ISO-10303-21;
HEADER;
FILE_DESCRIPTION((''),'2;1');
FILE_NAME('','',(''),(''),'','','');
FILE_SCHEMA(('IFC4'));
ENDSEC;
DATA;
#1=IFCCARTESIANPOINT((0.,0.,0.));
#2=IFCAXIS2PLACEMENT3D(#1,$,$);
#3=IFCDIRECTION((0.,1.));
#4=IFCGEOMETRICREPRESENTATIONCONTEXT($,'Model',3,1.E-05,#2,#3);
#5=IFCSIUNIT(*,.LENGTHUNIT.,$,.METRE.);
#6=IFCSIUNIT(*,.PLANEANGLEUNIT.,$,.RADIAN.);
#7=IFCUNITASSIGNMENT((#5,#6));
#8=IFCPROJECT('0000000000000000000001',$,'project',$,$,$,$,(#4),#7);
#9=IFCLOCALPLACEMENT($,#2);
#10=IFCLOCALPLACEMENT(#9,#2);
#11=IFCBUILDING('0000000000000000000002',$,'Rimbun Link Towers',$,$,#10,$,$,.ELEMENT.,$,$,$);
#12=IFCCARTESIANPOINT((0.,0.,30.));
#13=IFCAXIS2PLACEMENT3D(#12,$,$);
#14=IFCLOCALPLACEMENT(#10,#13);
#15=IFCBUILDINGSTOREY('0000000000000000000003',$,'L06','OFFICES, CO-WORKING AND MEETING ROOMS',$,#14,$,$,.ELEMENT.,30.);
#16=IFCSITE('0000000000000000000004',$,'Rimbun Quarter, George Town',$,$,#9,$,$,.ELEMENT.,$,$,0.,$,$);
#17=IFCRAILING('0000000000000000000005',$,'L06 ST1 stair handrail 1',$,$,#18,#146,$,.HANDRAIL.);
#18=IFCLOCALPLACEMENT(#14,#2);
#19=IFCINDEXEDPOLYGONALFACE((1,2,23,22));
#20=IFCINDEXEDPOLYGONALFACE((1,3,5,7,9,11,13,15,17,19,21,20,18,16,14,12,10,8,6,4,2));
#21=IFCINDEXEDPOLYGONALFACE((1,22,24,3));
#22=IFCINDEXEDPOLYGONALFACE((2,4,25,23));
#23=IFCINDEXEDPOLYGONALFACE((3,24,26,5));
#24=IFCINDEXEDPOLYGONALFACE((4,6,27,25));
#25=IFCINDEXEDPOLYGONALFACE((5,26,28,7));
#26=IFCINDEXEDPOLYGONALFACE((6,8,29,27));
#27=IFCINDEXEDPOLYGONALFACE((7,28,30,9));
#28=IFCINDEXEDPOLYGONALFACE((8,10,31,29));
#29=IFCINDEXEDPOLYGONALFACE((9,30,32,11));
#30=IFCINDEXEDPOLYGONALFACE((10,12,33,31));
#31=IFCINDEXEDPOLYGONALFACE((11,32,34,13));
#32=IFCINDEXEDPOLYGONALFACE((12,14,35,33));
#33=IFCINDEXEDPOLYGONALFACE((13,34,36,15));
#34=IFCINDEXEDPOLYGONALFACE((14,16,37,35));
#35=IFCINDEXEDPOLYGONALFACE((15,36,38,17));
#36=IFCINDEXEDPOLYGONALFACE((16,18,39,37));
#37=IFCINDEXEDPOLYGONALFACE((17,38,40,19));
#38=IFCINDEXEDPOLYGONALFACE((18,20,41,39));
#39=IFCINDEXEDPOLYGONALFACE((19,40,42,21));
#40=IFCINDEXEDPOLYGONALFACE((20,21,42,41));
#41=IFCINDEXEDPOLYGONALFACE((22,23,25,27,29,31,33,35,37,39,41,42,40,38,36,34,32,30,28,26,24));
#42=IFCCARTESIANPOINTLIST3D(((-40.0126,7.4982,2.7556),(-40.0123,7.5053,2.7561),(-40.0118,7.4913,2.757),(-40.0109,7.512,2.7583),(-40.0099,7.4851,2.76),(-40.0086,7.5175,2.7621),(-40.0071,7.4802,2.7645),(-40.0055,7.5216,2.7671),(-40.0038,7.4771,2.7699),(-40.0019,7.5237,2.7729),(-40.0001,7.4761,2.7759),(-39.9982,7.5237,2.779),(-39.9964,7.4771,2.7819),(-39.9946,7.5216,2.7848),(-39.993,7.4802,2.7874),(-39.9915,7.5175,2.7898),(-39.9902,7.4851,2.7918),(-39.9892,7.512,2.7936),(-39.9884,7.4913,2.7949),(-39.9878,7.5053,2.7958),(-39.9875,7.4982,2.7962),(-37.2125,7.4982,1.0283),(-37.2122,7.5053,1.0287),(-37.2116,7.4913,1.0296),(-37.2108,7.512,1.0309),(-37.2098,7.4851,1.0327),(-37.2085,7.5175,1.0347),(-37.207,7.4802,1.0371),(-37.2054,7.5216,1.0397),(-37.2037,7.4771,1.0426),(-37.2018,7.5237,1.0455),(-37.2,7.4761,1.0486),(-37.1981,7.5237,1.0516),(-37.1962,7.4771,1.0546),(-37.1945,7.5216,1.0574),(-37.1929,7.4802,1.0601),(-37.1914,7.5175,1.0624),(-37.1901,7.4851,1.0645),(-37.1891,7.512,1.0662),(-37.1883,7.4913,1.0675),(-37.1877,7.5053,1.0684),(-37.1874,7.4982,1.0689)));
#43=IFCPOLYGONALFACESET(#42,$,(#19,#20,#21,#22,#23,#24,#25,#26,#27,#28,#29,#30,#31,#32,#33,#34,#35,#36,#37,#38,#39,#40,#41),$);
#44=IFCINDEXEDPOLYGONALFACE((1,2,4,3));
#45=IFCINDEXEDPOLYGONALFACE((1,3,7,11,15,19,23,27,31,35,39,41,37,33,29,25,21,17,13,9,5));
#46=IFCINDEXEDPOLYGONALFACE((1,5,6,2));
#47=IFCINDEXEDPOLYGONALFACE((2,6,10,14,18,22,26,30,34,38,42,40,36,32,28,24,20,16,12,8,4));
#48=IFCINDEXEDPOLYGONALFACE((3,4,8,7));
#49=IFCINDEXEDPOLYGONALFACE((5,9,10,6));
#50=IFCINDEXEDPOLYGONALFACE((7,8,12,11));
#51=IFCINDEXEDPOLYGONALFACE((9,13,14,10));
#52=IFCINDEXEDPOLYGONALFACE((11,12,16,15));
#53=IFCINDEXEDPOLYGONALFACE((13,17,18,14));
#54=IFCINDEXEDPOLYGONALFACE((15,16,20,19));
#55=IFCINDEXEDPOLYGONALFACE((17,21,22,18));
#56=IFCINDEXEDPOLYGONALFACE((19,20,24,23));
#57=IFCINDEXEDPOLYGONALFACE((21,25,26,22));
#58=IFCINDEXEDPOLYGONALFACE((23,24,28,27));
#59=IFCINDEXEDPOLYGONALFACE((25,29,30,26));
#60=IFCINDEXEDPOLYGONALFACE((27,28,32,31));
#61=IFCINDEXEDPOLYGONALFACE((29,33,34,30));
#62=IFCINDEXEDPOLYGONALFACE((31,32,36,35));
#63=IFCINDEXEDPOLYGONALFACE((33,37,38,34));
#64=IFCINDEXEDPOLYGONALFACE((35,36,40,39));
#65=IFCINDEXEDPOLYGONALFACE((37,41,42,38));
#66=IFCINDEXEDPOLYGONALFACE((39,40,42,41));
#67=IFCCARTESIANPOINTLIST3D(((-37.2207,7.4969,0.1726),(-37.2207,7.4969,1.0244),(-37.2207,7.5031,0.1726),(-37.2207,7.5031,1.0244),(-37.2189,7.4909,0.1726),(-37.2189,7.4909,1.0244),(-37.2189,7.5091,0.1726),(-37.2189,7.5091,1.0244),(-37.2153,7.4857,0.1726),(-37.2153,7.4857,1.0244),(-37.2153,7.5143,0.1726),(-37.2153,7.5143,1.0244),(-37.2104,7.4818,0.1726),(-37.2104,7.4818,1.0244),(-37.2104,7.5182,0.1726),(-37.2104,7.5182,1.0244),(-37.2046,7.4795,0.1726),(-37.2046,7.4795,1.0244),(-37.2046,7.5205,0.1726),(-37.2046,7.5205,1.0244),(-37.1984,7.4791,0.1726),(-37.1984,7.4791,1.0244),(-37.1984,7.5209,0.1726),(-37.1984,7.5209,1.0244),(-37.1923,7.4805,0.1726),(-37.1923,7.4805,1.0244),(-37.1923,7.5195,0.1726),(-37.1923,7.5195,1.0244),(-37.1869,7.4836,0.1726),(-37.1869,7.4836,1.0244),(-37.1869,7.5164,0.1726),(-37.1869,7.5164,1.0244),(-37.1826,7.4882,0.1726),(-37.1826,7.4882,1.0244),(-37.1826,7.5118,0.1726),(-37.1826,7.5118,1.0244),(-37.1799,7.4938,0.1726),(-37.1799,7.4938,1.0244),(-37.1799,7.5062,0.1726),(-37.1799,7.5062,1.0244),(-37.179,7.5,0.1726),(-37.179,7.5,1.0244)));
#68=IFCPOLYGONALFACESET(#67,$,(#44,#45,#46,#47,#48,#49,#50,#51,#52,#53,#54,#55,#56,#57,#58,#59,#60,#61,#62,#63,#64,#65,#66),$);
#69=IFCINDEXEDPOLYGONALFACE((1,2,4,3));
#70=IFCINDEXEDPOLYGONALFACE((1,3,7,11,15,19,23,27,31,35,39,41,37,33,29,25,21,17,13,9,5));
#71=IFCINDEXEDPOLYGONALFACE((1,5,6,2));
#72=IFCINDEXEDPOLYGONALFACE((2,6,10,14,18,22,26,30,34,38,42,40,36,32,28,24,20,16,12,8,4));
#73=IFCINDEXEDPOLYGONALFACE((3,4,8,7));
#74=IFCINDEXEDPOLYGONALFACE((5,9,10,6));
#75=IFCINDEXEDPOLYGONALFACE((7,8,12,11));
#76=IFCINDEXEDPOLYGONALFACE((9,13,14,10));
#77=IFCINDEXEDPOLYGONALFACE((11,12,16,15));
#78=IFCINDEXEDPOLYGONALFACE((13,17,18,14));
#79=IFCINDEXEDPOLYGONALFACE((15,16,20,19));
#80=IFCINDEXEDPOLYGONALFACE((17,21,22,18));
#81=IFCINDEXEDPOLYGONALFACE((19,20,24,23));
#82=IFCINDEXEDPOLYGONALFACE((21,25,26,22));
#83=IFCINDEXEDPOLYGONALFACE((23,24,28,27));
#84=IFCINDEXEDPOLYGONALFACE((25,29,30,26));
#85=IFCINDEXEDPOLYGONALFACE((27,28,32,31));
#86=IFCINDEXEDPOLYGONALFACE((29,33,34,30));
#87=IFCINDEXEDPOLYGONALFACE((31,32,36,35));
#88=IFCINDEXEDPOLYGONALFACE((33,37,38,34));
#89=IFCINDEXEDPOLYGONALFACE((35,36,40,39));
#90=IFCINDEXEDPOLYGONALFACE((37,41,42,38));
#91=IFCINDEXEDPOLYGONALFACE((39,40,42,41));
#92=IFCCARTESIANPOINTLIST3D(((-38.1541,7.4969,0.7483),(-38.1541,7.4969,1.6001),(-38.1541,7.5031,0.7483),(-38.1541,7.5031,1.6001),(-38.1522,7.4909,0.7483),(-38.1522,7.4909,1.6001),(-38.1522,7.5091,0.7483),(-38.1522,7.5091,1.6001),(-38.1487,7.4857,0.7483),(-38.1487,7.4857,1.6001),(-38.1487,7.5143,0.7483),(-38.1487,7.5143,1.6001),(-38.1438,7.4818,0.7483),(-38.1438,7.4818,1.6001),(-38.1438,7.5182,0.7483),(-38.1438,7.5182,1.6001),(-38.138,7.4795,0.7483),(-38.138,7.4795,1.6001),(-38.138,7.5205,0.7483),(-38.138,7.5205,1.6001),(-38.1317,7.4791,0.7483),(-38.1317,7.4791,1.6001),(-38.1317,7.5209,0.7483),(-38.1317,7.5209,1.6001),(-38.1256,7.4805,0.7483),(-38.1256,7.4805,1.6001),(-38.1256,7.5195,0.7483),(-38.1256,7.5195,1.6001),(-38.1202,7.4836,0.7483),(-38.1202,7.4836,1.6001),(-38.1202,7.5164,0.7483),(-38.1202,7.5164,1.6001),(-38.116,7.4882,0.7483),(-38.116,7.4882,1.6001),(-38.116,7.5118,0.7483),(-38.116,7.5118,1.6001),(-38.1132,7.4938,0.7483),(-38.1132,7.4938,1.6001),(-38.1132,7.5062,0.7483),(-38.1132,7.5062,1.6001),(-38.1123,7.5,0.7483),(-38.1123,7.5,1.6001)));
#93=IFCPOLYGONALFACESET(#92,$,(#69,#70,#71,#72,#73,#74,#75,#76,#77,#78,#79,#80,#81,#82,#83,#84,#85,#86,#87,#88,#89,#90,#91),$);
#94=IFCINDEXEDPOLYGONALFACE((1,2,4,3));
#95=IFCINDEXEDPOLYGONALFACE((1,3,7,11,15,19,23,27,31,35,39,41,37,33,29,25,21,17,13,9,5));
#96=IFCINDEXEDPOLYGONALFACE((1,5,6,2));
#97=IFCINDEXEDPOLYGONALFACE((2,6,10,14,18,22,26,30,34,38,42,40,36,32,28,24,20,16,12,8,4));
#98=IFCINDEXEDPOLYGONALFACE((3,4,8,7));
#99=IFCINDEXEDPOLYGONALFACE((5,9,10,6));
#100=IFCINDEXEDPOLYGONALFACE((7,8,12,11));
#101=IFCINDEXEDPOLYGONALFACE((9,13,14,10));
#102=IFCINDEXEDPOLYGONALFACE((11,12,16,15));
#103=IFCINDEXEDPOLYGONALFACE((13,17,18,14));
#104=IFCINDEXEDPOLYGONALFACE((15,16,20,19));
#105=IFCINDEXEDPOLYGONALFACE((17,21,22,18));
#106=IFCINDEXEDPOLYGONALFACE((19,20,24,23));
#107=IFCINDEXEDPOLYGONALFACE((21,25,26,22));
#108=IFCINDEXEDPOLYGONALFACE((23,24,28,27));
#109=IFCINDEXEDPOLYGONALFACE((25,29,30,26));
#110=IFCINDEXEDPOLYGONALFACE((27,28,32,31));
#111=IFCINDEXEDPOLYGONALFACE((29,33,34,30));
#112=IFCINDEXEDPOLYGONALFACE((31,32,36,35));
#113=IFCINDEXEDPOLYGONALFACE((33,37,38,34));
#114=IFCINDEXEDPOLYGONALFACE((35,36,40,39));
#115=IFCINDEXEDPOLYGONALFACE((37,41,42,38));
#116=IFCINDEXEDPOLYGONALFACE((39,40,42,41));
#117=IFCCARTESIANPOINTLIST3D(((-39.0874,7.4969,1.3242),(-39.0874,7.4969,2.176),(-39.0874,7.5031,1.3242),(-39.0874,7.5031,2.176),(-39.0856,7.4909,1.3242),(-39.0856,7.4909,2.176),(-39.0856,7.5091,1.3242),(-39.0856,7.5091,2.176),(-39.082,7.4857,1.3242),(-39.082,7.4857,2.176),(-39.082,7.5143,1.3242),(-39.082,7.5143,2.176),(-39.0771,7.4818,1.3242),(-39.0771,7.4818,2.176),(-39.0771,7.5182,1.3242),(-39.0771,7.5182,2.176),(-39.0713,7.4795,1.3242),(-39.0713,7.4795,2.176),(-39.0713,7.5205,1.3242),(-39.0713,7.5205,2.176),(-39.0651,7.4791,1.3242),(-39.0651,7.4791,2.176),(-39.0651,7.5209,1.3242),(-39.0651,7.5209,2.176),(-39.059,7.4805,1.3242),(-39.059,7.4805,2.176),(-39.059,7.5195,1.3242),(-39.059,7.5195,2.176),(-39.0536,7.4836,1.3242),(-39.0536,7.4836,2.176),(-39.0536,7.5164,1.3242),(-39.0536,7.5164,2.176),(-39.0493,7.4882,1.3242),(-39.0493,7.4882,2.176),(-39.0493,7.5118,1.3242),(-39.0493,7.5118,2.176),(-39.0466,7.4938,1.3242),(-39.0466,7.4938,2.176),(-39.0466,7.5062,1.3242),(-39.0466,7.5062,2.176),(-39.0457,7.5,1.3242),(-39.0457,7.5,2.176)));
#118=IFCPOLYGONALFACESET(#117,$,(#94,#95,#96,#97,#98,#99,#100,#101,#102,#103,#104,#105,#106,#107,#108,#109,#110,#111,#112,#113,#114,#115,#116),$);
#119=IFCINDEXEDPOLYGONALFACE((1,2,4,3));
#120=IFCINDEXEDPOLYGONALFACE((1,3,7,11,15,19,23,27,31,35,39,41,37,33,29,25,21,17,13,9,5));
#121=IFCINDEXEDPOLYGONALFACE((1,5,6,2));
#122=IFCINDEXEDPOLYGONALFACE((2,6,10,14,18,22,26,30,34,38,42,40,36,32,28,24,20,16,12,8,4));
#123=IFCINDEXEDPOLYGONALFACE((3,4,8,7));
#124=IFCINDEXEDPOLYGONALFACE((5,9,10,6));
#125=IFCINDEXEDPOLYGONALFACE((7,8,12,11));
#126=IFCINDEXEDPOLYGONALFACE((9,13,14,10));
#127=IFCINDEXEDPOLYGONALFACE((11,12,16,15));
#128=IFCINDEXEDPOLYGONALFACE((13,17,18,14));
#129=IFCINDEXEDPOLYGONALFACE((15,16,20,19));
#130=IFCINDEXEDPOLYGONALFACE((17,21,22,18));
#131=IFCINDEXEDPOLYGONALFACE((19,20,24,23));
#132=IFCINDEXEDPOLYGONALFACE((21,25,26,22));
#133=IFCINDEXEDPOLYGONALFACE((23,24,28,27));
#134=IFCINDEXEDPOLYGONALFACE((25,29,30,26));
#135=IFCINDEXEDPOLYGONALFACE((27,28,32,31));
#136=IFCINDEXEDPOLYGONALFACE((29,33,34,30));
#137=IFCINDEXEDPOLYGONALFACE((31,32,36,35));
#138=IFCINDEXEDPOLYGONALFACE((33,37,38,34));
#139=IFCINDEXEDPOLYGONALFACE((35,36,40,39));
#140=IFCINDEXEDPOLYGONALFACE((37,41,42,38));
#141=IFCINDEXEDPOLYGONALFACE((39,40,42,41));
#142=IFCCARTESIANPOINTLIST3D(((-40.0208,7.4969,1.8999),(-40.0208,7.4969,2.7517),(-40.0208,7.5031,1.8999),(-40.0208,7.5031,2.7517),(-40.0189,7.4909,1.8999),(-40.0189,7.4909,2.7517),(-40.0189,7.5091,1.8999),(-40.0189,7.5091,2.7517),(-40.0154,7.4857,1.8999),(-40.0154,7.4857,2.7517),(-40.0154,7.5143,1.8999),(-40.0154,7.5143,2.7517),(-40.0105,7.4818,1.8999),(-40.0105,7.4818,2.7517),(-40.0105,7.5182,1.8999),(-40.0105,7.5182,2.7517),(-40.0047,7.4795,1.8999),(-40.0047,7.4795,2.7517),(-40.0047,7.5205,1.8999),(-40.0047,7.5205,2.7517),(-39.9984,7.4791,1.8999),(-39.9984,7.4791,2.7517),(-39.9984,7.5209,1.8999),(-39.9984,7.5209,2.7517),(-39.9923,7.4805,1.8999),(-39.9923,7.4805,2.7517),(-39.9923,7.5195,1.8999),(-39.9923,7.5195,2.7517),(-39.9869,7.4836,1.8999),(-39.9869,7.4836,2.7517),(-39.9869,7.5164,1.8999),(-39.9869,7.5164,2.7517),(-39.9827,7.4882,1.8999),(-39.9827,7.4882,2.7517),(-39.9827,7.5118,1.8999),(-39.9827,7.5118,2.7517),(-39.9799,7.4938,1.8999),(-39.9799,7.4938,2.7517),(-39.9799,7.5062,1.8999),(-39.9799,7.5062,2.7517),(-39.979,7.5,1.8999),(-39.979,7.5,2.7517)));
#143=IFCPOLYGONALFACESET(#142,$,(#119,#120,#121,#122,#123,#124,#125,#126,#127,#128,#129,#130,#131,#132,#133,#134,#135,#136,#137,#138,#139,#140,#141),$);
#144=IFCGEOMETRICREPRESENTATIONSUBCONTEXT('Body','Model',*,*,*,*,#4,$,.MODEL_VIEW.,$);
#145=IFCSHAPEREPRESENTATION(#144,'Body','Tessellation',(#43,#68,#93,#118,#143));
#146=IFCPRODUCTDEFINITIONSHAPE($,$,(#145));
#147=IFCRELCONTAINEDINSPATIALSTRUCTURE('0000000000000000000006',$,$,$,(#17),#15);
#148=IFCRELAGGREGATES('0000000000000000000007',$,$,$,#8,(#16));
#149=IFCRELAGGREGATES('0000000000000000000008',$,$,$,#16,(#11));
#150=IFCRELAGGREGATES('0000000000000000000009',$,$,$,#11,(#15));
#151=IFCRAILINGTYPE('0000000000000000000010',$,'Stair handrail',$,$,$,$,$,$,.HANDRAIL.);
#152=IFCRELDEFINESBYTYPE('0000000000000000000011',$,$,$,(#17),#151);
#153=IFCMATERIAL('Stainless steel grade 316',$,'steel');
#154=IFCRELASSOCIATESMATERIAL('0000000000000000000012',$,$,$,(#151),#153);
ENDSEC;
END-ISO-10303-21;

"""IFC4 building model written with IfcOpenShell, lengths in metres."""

from ifc_helpers import new_model, si_unit, direction, frame, origin, origin_2d, place, context, subcontext, project, spatial, circle, extrude, material, type_object, element, save


model = new_model("IFC4")

# Units and contexts
model_context = context("Model", 3, precision=1e-05, world=origin(), true_north=direction((0.0, 1.0)))
body_context = subcontext(model_context, "Body", "Model", "MODEL_VIEW")
ifc_project = project(units=[si_unit("LENGTHUNIT", "METRE"), si_unit("PLANEANGLEUNIT", "RADIAN")], contexts=[model_context])

# Site, building, storey
site_placement = place(None, origin())
site = spatial("IfcSite", under=ifc_project, at=site_placement, Name="Rimbun Quarter, George Town", CompositionType="ELEMENT", RefElevation=0.0)
building_placement = place(site_placement, origin())
building = spatial("IfcBuilding", under=site, at=building_placement, Name="Rimbun Link Towers", CompositionType="ELEMENT")
storey_placement = place(building_placement, frame((0.0, 0.0, 30.0)))
storey = spatial("IfcBuildingStorey", under=building, at=storey_placement, Name="L06", Description="OFFICES, CO-WORKING AND MEETING ROOMS", CompositionType="ELEMENT", Elevation=30.0)

# Railing
ifc_material_1 = material(Name="Stainless steel grade 316", Category="steel")
railing_type_1 = type_object("IfcRailingType", Name="Stair handrail", PredefinedType="HANDRAIL", material=ifc_material_1)
railing_1_placement = place(storey_placement, frame((-37.2, 7.5, 0.1726)))
element("IfcRailing", 1, at=railing_1_placement, inside=storey, type_object=railing_type_1, Name="L06 ST1 stair handrail 1", PredefinedType="HANDRAIL", context=body_context, shape_type="SweptSolid", body=[
    extrude(circle(Radius=0.0239, at=origin_2d()), frame((0.0, 0.0, 0.876), z_axis=(-0.85109, 0.0, 0.52502), x_axis=(0.0, -1.0, 0.0)), (0.0, 0.0, 1.0), 3.29),
    extrude(circle(Radius=0.021, at=origin_2d()), origin(), (0.0, 0.0, 1.0), 0.8518),
    extrude(circle(Radius=0.021, at=origin_2d()), frame((-0.9333, 0.0, 0.5757)), (0.0, 0.0, 1.0), 0.8518),
    extrude(circle(Radius=0.021, at=origin_2d()), frame((-1.8667, 0.0, 1.1516)), (0.0, 0.0, 1.0), 0.8518),
    extrude(circle(Radius=0.021, at=origin_2d()), frame((-2.8, 0.0, 1.7273)), (0.0, 0.0, 1.0), 0.8518),
])

save(model, "model.ifc")
